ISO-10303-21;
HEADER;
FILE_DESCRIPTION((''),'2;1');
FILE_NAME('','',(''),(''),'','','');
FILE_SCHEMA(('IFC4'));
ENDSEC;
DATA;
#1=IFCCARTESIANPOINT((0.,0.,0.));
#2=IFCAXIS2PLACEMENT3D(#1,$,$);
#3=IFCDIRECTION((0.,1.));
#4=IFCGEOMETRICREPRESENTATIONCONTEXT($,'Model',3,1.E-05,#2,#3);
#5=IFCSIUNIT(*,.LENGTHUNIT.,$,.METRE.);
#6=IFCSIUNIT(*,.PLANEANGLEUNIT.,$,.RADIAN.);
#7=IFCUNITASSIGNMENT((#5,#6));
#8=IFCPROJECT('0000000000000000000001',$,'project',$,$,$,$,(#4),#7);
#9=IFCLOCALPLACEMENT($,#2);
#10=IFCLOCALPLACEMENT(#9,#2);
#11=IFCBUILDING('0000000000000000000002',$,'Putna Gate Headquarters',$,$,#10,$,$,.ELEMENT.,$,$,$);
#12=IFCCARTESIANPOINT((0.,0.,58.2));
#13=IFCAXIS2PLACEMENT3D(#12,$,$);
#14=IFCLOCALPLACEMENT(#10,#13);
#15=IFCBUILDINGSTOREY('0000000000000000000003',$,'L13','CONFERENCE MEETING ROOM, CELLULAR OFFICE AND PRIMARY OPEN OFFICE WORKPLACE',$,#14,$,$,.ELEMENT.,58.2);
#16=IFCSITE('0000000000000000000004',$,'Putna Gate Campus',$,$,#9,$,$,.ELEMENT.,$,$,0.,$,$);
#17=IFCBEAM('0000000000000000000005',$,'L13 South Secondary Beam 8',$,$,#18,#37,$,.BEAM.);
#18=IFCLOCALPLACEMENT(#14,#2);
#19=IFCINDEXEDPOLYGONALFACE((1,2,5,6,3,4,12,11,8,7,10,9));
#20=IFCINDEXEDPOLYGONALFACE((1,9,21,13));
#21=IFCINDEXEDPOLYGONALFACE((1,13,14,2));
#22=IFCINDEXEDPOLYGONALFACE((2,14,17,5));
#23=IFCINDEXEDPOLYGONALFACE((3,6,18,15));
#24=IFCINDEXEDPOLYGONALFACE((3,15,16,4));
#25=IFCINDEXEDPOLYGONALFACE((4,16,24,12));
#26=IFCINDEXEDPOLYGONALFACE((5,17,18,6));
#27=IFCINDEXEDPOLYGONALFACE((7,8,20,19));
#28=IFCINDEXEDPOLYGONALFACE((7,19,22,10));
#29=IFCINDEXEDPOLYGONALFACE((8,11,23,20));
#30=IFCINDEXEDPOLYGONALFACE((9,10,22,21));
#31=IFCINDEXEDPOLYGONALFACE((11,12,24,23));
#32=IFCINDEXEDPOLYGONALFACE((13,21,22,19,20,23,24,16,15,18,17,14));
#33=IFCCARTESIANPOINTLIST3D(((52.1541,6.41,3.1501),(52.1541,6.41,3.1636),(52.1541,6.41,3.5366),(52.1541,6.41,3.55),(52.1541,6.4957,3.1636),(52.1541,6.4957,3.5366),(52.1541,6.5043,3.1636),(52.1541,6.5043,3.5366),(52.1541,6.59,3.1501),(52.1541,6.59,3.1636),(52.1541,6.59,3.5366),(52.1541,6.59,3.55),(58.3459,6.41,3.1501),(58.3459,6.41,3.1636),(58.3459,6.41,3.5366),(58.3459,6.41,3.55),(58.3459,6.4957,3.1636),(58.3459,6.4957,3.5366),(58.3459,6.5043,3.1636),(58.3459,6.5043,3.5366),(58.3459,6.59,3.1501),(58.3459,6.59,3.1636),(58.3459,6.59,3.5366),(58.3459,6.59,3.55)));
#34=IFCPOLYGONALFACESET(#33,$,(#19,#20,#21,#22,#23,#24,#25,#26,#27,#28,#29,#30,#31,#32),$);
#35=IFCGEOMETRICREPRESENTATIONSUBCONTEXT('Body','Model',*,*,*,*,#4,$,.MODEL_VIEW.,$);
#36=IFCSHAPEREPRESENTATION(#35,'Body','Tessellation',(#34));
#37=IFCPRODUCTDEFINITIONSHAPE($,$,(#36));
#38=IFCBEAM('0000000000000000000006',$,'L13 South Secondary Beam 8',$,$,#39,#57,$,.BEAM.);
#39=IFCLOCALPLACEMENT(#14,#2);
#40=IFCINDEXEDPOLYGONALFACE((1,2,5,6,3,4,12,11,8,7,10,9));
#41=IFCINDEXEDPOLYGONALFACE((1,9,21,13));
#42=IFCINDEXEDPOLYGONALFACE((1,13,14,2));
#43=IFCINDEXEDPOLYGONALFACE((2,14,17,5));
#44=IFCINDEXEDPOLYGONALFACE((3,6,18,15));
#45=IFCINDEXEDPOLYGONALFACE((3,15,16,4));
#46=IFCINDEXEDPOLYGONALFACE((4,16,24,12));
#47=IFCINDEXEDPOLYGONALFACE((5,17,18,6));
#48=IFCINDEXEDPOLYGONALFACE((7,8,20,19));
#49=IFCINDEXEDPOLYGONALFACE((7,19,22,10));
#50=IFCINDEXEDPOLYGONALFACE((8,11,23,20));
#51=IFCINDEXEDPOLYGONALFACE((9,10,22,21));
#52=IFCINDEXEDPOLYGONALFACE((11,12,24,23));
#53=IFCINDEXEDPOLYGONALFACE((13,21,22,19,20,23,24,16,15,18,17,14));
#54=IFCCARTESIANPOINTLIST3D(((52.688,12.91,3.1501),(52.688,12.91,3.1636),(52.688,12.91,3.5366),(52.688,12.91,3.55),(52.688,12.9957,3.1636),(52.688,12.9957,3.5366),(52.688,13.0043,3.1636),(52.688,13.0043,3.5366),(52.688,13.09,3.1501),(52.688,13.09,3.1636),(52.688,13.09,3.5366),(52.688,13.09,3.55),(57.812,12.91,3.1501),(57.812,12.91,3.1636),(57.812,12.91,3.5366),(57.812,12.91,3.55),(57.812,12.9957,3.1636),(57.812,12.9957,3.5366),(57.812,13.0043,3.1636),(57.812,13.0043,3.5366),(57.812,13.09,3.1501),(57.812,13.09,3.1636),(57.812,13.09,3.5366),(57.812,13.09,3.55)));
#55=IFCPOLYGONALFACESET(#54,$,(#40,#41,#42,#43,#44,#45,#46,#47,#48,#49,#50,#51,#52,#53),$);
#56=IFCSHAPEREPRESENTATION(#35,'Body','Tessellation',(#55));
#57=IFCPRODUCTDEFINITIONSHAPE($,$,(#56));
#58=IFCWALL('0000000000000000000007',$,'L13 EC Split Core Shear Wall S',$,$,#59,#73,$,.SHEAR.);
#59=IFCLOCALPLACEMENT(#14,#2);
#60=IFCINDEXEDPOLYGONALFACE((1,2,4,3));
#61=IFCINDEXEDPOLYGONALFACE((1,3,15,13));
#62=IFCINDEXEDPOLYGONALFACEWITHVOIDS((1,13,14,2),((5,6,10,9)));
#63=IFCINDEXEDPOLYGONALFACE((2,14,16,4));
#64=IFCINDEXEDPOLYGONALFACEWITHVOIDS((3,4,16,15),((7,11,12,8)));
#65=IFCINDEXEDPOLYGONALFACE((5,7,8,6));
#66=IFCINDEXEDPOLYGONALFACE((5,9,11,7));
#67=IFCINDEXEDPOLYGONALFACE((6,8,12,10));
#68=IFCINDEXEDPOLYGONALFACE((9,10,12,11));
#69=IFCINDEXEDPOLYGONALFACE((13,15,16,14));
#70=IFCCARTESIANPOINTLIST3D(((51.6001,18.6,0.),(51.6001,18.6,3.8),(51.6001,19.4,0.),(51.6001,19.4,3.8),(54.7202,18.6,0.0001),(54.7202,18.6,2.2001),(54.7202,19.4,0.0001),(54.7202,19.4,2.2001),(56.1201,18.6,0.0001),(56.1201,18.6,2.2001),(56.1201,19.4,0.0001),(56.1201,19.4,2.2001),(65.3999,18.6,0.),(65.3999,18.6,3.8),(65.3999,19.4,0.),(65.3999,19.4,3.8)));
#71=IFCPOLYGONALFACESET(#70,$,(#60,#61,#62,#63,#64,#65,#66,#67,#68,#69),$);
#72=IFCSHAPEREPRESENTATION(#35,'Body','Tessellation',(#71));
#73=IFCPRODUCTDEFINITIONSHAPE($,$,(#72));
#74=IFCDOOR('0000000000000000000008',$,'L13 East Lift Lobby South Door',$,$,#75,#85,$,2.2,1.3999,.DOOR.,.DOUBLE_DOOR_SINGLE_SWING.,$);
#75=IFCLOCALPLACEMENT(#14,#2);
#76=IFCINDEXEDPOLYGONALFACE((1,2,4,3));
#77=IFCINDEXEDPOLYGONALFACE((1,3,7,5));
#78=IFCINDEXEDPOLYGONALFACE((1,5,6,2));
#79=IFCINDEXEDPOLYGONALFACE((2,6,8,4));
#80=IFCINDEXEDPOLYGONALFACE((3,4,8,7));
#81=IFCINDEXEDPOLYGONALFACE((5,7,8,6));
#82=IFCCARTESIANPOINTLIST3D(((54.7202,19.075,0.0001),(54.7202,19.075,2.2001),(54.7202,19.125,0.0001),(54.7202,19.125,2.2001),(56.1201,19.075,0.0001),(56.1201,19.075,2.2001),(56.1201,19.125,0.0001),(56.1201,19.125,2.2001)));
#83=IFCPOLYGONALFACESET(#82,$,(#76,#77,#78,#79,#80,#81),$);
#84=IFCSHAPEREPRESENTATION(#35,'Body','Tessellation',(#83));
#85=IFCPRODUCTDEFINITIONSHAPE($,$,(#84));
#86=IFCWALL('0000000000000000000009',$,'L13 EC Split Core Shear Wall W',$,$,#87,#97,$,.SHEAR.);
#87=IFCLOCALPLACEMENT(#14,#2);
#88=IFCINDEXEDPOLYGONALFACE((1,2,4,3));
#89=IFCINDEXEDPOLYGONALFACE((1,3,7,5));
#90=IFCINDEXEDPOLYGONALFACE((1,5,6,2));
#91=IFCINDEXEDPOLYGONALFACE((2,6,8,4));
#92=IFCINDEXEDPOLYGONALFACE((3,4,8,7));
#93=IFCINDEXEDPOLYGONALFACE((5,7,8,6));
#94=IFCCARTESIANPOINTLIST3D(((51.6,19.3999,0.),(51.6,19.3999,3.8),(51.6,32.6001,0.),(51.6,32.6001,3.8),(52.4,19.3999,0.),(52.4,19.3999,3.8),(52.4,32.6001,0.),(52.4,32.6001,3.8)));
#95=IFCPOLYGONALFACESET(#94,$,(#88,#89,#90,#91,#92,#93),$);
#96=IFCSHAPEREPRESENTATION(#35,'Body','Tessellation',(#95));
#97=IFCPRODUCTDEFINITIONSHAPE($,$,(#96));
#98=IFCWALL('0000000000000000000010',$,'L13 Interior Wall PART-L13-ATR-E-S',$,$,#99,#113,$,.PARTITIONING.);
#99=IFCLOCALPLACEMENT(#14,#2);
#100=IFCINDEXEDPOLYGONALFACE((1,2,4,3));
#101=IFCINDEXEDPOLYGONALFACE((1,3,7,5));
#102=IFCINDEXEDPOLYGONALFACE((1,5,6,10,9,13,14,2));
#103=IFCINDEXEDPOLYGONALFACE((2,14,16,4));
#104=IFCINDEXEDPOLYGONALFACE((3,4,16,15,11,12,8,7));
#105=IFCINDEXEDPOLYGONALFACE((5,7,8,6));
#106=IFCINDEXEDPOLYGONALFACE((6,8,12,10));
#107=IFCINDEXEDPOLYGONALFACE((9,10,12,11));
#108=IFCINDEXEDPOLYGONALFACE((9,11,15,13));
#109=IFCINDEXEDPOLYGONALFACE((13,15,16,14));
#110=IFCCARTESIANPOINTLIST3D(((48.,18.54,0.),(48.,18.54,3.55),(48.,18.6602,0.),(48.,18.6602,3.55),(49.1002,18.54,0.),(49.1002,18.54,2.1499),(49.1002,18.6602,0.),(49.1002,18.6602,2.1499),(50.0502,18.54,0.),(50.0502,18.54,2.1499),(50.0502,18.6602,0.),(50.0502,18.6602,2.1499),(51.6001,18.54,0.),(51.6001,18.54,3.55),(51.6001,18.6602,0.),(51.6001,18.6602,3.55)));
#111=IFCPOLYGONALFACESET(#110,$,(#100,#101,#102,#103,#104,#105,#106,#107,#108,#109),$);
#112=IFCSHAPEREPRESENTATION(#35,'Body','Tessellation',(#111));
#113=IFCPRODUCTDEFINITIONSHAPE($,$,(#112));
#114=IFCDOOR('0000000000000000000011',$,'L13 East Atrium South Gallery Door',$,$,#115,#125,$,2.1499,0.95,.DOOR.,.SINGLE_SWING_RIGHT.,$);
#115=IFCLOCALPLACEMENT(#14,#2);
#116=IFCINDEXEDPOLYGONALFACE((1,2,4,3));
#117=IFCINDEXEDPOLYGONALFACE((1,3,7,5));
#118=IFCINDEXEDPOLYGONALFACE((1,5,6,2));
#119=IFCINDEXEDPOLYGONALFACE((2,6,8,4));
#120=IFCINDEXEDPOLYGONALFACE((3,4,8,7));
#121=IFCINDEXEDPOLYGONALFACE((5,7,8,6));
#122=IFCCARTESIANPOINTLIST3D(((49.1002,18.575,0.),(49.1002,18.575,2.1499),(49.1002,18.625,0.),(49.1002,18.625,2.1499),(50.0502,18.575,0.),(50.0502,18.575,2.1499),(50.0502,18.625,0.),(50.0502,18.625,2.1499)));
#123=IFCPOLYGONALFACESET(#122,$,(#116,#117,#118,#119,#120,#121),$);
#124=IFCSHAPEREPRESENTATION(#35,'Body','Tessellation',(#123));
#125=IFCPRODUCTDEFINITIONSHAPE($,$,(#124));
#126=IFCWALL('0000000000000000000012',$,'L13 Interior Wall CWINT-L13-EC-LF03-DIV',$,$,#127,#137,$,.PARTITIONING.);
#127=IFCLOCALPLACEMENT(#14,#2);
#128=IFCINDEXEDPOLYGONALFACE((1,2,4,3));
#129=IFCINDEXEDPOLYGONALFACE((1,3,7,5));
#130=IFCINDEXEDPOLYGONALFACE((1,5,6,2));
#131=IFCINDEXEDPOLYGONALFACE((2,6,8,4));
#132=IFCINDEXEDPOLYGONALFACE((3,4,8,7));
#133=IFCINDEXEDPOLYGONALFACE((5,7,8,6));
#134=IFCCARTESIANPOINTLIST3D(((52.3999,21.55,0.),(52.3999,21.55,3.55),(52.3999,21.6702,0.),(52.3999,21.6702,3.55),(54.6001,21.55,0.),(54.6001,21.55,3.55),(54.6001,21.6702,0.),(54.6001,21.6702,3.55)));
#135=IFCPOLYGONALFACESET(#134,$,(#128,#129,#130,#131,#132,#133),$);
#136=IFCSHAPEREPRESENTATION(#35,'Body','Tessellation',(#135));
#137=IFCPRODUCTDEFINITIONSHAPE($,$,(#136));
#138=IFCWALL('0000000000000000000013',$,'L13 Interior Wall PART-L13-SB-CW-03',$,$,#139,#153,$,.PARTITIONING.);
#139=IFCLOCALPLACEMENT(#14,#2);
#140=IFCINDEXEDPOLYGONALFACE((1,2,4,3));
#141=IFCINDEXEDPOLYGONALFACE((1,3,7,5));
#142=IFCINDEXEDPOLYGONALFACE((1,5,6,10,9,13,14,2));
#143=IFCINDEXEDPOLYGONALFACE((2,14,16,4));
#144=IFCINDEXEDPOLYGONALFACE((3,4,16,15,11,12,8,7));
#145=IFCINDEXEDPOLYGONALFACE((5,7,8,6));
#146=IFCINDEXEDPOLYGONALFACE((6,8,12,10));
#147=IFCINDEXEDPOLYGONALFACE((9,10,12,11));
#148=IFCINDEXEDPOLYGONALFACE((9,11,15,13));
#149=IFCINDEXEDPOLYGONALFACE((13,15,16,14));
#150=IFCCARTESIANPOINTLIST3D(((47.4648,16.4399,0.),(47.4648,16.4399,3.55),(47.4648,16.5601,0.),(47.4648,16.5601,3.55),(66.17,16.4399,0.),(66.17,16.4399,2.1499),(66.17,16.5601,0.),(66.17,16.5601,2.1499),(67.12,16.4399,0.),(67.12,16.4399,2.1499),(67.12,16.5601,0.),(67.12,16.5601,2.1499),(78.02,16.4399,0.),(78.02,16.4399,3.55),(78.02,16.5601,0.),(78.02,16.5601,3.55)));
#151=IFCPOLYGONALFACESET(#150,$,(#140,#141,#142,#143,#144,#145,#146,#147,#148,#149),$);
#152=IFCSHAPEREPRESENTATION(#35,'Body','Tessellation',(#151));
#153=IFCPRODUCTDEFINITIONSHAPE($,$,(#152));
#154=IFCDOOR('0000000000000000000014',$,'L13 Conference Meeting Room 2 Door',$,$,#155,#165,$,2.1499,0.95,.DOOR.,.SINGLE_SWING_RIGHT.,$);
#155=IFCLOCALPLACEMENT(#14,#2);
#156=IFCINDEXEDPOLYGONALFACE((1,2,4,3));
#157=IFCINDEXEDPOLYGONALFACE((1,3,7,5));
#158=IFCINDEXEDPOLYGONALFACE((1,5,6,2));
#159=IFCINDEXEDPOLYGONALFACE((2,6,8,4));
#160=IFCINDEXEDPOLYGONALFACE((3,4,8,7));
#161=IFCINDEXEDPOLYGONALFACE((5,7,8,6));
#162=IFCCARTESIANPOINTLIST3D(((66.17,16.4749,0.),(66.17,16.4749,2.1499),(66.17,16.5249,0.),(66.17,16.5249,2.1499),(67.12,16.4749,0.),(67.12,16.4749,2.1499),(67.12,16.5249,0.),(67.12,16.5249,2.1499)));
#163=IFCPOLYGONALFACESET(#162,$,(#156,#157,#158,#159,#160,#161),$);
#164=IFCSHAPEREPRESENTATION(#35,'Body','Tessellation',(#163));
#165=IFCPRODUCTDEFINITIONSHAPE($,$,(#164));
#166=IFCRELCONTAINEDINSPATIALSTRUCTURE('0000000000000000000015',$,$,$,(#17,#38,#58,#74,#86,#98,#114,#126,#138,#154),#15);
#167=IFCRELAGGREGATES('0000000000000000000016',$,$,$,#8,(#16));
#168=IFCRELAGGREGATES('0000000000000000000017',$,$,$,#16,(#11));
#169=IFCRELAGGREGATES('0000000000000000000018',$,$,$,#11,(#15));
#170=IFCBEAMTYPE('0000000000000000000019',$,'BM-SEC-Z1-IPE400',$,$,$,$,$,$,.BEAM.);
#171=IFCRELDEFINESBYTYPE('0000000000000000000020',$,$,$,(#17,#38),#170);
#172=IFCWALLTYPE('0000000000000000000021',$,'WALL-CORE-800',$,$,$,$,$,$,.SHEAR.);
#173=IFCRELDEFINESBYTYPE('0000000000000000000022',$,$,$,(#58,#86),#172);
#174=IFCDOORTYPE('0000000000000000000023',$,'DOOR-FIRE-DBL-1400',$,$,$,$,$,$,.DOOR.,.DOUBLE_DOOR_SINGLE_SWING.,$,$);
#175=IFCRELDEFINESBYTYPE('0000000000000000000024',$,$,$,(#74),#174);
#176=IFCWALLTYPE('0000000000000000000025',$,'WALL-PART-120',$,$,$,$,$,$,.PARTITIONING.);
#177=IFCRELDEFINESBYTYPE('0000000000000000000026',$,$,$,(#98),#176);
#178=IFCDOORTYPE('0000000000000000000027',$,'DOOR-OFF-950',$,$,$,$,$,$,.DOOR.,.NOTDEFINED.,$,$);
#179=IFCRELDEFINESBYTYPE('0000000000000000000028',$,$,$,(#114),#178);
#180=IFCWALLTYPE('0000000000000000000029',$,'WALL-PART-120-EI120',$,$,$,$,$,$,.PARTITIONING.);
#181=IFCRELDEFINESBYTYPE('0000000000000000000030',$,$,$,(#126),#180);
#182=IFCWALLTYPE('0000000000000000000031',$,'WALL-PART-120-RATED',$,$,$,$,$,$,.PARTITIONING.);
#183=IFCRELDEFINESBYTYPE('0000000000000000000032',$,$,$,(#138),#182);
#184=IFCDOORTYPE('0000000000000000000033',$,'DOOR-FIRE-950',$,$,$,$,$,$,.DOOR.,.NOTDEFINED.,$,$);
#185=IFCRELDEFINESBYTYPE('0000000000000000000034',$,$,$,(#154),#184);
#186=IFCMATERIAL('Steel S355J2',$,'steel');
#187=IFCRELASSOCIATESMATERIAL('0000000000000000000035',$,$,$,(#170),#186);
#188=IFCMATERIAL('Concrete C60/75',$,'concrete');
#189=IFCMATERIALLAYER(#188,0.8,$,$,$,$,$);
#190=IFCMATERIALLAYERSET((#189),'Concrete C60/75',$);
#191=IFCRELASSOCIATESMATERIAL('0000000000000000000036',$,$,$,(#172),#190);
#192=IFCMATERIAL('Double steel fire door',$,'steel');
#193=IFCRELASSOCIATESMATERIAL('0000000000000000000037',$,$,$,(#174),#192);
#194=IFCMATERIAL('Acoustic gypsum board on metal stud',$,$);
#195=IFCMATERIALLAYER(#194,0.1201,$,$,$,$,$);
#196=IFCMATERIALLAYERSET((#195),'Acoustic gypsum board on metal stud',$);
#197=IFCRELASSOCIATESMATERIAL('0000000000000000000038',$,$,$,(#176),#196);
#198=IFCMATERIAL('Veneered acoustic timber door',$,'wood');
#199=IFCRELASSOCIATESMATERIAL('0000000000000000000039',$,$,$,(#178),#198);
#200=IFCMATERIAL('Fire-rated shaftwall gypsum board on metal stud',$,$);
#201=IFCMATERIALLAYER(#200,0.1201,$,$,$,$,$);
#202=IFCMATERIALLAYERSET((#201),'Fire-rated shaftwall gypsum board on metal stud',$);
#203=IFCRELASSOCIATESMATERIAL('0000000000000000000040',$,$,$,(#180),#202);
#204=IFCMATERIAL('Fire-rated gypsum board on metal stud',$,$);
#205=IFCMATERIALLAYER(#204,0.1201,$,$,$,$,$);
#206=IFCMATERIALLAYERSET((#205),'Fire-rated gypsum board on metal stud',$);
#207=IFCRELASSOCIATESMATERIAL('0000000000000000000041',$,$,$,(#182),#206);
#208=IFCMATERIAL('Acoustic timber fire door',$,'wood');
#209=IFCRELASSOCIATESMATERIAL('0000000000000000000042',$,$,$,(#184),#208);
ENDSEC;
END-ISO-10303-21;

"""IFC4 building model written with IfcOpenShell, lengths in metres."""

from ifc_helpers import new_model, si_unit, direction, frame, frame_2d, origin, origin_2d, place, context, subcontext, project, spatial, rectangle, i_section, extrude, material, layer, layer_set, material_profile, profile_set, type_object, element, fill, save


model = new_model("IFC4")

# Units and contexts
model_context = context("Model", 3, precision=1e-05, world=origin(), true_north=direction((0.0, 1.0)))
body_context = subcontext(model_context, "Body", "Model", "MODEL_VIEW")
ifc_project = project(units=[si_unit("LENGTHUNIT", "METRE"), si_unit("PLANEANGLEUNIT", "RADIAN")], contexts=[model_context])

# Site, building, storey
site_placement = place(None, origin())
site = spatial("IfcSite", under=ifc_project, at=site_placement, Name="Putna Gate Campus", CompositionType="ELEMENT", RefElevation=0.0)
building_placement = place(site_placement, origin())
building = spatial("IfcBuilding", under=site, at=building_placement, Name="Putna Gate Headquarters", CompositionType="ELEMENT")
storey_placement = place(building_placement, frame((0.0, 0.0, 58.2)))
storey = spatial("IfcBuildingStorey", under=building, at=storey_placement, Name="L13", Description="CONFERENCE MEETING ROOM, CELLULAR OFFICE AND PRIMARY OPEN OFFICE WORKPLACE", CompositionType="ELEMENT", Elevation=58.2)

# Shared definitions
ifc_material_1 = material(Name="Concrete C60/75", Category="concrete")

# Beams
ifc_material_2 = material(Name="Steel S355J2", Category="steel")
ifc_material_profile_1 = material_profile(ifc_material_2, i_section(OverallWidth=0.1799, OverallDepth=0.3999, WebThickness=0.0085, FlangeThickness=0.0134, at=origin_2d()), Name="Steel S355J2")
ifc_profile_set_1 = profile_set([ifc_material_profile_1], Name="Steel S355J2")
beam_type_1 = type_object("IfcBeamType", Name="BM-SEC-Z1-IPE400", PredefinedType="BEAM", material=ifc_profile_set_1)
beam_1_placement = place(storey_placement, frame((52.1541, 6.5, 3.3501), z_axis=(1.0, 0.0, 0.0), x_axis=(0.0, 1.0, 0.0)))
element("IfcBeam", 1, at=beam_1_placement, inside=storey, type_object=beam_type_1, Name="L13 South Secondary Beam 8", PredefinedType="BEAM", context=body_context, shape_type="SweptSolid", body=[
    extrude(i_section(OverallWidth=0.1799, OverallDepth=0.3999, WebThickness=0.0085, FlangeThickness=0.0134, at=origin_2d()), origin(), (0.0, 0.0, 1.0), 6.1919),
])
beam_2_placement = place(storey_placement, frame((52.688, 13.0, 3.3501), z_axis=(1.0, 0.0, 0.0), x_axis=(0.0, 1.0, 0.0)))
element("IfcBeam", 2, at=beam_2_placement, inside=storey, type_object=beam_type_1, Name="L13 South Secondary Beam 8", PredefinedType="BEAM", context=body_context, shape_type="SweptSolid", body=[
    extrude(i_section(OverallWidth=0.1799, OverallDepth=0.3999, WebThickness=0.0085, FlangeThickness=0.0134, at=origin_2d()), origin(), (0.0, 0.0, 1.0), 5.124),
])

# Wall, opening, door
ifc_layer_1 = layer(ifc_material_1, 0.8)
ifc_layer_set_1 = layer_set([ifc_layer_1], Name="Concrete C60/75")
wall_type_1 = type_object("IfcWallType", Name="WALL-CORE-800", PredefinedType="SHEAR", material=ifc_layer_set_1)
wall_1_placement = place(storey_placement, frame((51.6001, 19.0, 0.0), z_axis=(0.0, 0.0, 1.0), x_axis=(1.0, 0.0, 0.0)))
wall_1 = element("IfcWall", 3, at=wall_1_placement, inside=storey, type_object=wall_type_1, Name="L13 EC Split Core Shear Wall S", PredefinedType="SHEAR", context=body_context, shape_type="SweptSolid", body=[
    extrude(rectangle(XDim=13.7998, YDim=0.8, at=frame_2d((6.8999, 0.0))), origin(), (0.0, 0.0, 1.0), 3.8),
])
opening_1_placement = place(wall_1_placement, frame((3.1201, 0.0, 0.0)))
opening_1 = element("IfcOpeningElement", 4, at=opening_1_placement, cuts=wall_1, PredefinedType="OPENING", context=body_context, shape_type="SweptSolid", body=[
    extrude(rectangle(XDim=1.3999, YDim=2.2, at=frame_2d((0.7, 1.1001))), frame((0.0, 0.4099, 0.0), z_axis=(0.0, -1.0, 0.0), x_axis=(1.0, 0.0, 0.0)), (0.0, 0.0, 1.0), 0.8201),
])
ifc_material_3 = material(Name="Double steel fire door", Category="steel")
door_type_1 = type_object("IfcDoorType", Name="DOOR-FIRE-DBL-1400", OperationType="DOUBLE_DOOR_SINGLE_SWING", PredefinedType="DOOR", material=ifc_material_3)
door_1_placement = place(opening_1_placement, origin())
door_1 = element("IfcDoor", 5, at=door_1_placement, inside=storey, type_object=door_type_1, Name="L13 East Lift Lobby South Door", OperationType="DOUBLE_DOOR_SINGLE_SWING", OverallHeight=2.2, OverallWidth=1.3999, PredefinedType="DOOR", context=body_context, shape_type="SweptSolid", body=[
    extrude(rectangle(XDim=1.3999, YDim=2.2, at=frame_2d((0.7, 1.1001))), frame((0.0, 0.125, 0.0), z_axis=(0.0, -1.0, 0.0), x_axis=(1.0, 0.0, 0.0)), (0.0, 0.0, 1.0), 0.05),
])
fill(opening_1, door_1)

# Wall
wall_2_placement = place(storey_placement, frame((52.0, 19.3999, 0.0), z_axis=(0.0, 0.0, 1.0), x_axis=(0.0, 1.0, 0.0)))
element("IfcWall", 6, at=wall_2_placement, inside=storey, type_object=wall_type_1, Name="L13 EC Split Core Shear Wall W", PredefinedType="SHEAR", context=body_context, shape_type="SweptSolid", body=[
    extrude(rectangle(XDim=13.2002, YDim=0.8, at=frame_2d((6.6001, 0.0))), origin(), (0.0, 0.0, 1.0), 3.8),
])

# Wall, opening, door
ifc_material_4 = material(Name="Acoustic gypsum board on metal stud")
ifc_layer_2 = layer(ifc_material_4, 0.1201)
ifc_layer_set_2 = layer_set([ifc_layer_2], Name="Acoustic gypsum board on metal stud")
wall_type_2 = type_object("IfcWallType", Name="WALL-PART-120", PredefinedType="PARTITIONING", material=ifc_layer_set_2)
wall_3_placement = place(storey_placement, frame((48.0, 18.6001, 0.0), z_axis=(0.0, 0.0, 1.0), x_axis=(1.0, 0.0, 0.0)))
wall_3 = element("IfcWall", 7, at=wall_3_placement, inside=storey, type_object=wall_type_2, Name="L13 Interior Wall PART-L13-ATR-E-S", PredefinedType="PARTITIONING", context=body_context, shape_type="SweptSolid", body=[
    extrude(rectangle(XDim=3.6001, YDim=0.1201, at=frame_2d((1.8, 0.0))), origin(), (0.0, 0.0, 1.0), 3.55),
])
opening_2_placement = place(wall_3_placement, frame((1.1001, 0.0, 0.0)))
opening_2 = element("IfcOpeningElement", 8, at=opening_2_placement, cuts=wall_3, PredefinedType="OPENING", context=body_context, shape_type="SweptSolid", body=[
    extrude(rectangle(XDim=0.95, YDim=2.1499, at=frame_2d((0.4751, 1.075))), frame((0.0, 0.0701, 0.0), z_axis=(0.0, -1.0, 0.0), x_axis=(1.0, 0.0, 0.0)), (0.0, 0.0, 1.0), 0.1401),
])
ifc_material_5 = material(Name="Veneered acoustic timber door", Category="wood")
door_type_2 = type_object("IfcDoorType", Name="DOOR-OFF-950", OperationType="NOTDEFINED", PredefinedType="DOOR", material=ifc_material_5)
door_2_placement = place(opening_2_placement, origin())
door_2 = element("IfcDoor", 9, at=door_2_placement, inside=storey, type_object=door_type_2, Name="L13 East Atrium South Gallery Door", OperationType="SINGLE_SWING_RIGHT", OverallHeight=2.1499, OverallWidth=0.95, PredefinedType="DOOR", context=body_context, shape_type="SweptSolid", body=[
    extrude(rectangle(XDim=0.95, YDim=2.1499, at=frame_2d((0.4751, 1.075))), frame((0.0, 0.0249, 0.0), z_axis=(0.0, -1.0, 0.0), x_axis=(1.0, 0.0, 0.0)), (0.0, 0.0, 1.0), 0.05),
])
fill(opening_2, door_2)

# Wall
ifc_material_6 = material(Name="Fire-rated shaftwall gypsum board on metal stud")
ifc_layer_3 = layer(ifc_material_6, 0.1201)
ifc_layer_set_3 = layer_set([ifc_layer_3], Name="Fire-rated shaftwall gypsum board on metal stud")
wall_type_3 = type_object("IfcWallType", Name="WALL-PART-120-EI120", PredefinedType="PARTITIONING", material=ifc_layer_set_3)
wall_4_placement = place(storey_placement, frame((52.3999, 21.6101, 0.0), z_axis=(0.0, 0.0, 1.0), x_axis=(1.0, 0.0, 0.0)))
element("IfcWall", 10, at=wall_4_placement, inside=storey, type_object=wall_type_3, Name="L13 Interior Wall CWINT-L13-EC-LF03-DIV", PredefinedType="PARTITIONING", context=body_context, shape_type="SweptSolid", body=[
    extrude(rectangle(XDim=2.2002, YDim=0.1201, at=frame_2d((1.1001, 0.0))), origin(), (0.0, 0.0, 1.0), 3.55),
])

# Wall, opening, door
ifc_material_7 = material(Name="Fire-rated gypsum board on metal stud")
ifc_layer_4 = layer(ifc_material_7, 0.1201)
ifc_layer_set_4 = layer_set([ifc_layer_4], Name="Fire-rated gypsum board on metal stud")
wall_type_4 = type_object("IfcWallType", Name="WALL-PART-120-RATED", PredefinedType="PARTITIONING", material=ifc_layer_set_4)
wall_5_placement = place(storey_placement, frame((47.4648, 16.5, 0.0), z_axis=(0.0, 0.0, 1.0), x_axis=(1.0, 0.0, 0.0)))
wall_5 = element("IfcWall", 11, at=wall_5_placement, inside=storey, type_object=wall_type_4, Name="L13 Interior Wall PART-L13-SB-CW-03", PredefinedType="PARTITIONING", context=body_context, shape_type="SweptSolid", body=[
    extrude(rectangle(XDim=30.5552, YDim=0.1201, at=frame_2d((15.2776, 0.0))), origin(), (0.0, 0.0, 1.0), 3.55),
])
opening_3_placement = place(wall_5_placement, frame((18.7051, 0.0, 0.0)))
opening_3 = element("IfcOpeningElement", 12, at=opening_3_placement, cuts=wall_5, PredefinedType="OPENING", context=body_context, shape_type="SweptSolid", body=[
    extrude(rectangle(XDim=0.95, YDim=2.1499, at=frame_2d((0.4751, 1.075))), frame((0.0, 0.0701, 0.0), z_axis=(0.0, -1.0, 0.0), x_axis=(1.0, 0.0, 0.0)), (0.0, 0.0, 1.0), 0.1401),
])
ifc_material_8 = material(Name="Acoustic timber fire door", Category="wood")
door_type_3 = type_object("IfcDoorType", Name="DOOR-FIRE-950", OperationType="NOTDEFINED", PredefinedType="DOOR", material=ifc_material_8)
door_3_placement = place(opening_3_placement, origin())
door_3 = element("IfcDoor", 13, at=door_3_placement, inside=storey, type_object=door_type_3, Name="L13 Conference Meeting Room 2 Door", OperationType="SINGLE_SWING_RIGHT", OverallHeight=2.1499, OverallWidth=0.95, PredefinedType="DOOR", context=body_context, shape_type="SweptSolid", body=[
    extrude(rectangle(XDim=0.95, YDim=2.1499, at=frame_2d((0.4751, 1.075))), frame((0.0, 0.0249, 0.0), z_axis=(0.0, -1.0, 0.0), x_axis=(1.0, 0.0, 0.0)), (0.0, 0.0, 1.0), 0.05),
])
fill(opening_3, door_3)

save(model, "model.ifc")
